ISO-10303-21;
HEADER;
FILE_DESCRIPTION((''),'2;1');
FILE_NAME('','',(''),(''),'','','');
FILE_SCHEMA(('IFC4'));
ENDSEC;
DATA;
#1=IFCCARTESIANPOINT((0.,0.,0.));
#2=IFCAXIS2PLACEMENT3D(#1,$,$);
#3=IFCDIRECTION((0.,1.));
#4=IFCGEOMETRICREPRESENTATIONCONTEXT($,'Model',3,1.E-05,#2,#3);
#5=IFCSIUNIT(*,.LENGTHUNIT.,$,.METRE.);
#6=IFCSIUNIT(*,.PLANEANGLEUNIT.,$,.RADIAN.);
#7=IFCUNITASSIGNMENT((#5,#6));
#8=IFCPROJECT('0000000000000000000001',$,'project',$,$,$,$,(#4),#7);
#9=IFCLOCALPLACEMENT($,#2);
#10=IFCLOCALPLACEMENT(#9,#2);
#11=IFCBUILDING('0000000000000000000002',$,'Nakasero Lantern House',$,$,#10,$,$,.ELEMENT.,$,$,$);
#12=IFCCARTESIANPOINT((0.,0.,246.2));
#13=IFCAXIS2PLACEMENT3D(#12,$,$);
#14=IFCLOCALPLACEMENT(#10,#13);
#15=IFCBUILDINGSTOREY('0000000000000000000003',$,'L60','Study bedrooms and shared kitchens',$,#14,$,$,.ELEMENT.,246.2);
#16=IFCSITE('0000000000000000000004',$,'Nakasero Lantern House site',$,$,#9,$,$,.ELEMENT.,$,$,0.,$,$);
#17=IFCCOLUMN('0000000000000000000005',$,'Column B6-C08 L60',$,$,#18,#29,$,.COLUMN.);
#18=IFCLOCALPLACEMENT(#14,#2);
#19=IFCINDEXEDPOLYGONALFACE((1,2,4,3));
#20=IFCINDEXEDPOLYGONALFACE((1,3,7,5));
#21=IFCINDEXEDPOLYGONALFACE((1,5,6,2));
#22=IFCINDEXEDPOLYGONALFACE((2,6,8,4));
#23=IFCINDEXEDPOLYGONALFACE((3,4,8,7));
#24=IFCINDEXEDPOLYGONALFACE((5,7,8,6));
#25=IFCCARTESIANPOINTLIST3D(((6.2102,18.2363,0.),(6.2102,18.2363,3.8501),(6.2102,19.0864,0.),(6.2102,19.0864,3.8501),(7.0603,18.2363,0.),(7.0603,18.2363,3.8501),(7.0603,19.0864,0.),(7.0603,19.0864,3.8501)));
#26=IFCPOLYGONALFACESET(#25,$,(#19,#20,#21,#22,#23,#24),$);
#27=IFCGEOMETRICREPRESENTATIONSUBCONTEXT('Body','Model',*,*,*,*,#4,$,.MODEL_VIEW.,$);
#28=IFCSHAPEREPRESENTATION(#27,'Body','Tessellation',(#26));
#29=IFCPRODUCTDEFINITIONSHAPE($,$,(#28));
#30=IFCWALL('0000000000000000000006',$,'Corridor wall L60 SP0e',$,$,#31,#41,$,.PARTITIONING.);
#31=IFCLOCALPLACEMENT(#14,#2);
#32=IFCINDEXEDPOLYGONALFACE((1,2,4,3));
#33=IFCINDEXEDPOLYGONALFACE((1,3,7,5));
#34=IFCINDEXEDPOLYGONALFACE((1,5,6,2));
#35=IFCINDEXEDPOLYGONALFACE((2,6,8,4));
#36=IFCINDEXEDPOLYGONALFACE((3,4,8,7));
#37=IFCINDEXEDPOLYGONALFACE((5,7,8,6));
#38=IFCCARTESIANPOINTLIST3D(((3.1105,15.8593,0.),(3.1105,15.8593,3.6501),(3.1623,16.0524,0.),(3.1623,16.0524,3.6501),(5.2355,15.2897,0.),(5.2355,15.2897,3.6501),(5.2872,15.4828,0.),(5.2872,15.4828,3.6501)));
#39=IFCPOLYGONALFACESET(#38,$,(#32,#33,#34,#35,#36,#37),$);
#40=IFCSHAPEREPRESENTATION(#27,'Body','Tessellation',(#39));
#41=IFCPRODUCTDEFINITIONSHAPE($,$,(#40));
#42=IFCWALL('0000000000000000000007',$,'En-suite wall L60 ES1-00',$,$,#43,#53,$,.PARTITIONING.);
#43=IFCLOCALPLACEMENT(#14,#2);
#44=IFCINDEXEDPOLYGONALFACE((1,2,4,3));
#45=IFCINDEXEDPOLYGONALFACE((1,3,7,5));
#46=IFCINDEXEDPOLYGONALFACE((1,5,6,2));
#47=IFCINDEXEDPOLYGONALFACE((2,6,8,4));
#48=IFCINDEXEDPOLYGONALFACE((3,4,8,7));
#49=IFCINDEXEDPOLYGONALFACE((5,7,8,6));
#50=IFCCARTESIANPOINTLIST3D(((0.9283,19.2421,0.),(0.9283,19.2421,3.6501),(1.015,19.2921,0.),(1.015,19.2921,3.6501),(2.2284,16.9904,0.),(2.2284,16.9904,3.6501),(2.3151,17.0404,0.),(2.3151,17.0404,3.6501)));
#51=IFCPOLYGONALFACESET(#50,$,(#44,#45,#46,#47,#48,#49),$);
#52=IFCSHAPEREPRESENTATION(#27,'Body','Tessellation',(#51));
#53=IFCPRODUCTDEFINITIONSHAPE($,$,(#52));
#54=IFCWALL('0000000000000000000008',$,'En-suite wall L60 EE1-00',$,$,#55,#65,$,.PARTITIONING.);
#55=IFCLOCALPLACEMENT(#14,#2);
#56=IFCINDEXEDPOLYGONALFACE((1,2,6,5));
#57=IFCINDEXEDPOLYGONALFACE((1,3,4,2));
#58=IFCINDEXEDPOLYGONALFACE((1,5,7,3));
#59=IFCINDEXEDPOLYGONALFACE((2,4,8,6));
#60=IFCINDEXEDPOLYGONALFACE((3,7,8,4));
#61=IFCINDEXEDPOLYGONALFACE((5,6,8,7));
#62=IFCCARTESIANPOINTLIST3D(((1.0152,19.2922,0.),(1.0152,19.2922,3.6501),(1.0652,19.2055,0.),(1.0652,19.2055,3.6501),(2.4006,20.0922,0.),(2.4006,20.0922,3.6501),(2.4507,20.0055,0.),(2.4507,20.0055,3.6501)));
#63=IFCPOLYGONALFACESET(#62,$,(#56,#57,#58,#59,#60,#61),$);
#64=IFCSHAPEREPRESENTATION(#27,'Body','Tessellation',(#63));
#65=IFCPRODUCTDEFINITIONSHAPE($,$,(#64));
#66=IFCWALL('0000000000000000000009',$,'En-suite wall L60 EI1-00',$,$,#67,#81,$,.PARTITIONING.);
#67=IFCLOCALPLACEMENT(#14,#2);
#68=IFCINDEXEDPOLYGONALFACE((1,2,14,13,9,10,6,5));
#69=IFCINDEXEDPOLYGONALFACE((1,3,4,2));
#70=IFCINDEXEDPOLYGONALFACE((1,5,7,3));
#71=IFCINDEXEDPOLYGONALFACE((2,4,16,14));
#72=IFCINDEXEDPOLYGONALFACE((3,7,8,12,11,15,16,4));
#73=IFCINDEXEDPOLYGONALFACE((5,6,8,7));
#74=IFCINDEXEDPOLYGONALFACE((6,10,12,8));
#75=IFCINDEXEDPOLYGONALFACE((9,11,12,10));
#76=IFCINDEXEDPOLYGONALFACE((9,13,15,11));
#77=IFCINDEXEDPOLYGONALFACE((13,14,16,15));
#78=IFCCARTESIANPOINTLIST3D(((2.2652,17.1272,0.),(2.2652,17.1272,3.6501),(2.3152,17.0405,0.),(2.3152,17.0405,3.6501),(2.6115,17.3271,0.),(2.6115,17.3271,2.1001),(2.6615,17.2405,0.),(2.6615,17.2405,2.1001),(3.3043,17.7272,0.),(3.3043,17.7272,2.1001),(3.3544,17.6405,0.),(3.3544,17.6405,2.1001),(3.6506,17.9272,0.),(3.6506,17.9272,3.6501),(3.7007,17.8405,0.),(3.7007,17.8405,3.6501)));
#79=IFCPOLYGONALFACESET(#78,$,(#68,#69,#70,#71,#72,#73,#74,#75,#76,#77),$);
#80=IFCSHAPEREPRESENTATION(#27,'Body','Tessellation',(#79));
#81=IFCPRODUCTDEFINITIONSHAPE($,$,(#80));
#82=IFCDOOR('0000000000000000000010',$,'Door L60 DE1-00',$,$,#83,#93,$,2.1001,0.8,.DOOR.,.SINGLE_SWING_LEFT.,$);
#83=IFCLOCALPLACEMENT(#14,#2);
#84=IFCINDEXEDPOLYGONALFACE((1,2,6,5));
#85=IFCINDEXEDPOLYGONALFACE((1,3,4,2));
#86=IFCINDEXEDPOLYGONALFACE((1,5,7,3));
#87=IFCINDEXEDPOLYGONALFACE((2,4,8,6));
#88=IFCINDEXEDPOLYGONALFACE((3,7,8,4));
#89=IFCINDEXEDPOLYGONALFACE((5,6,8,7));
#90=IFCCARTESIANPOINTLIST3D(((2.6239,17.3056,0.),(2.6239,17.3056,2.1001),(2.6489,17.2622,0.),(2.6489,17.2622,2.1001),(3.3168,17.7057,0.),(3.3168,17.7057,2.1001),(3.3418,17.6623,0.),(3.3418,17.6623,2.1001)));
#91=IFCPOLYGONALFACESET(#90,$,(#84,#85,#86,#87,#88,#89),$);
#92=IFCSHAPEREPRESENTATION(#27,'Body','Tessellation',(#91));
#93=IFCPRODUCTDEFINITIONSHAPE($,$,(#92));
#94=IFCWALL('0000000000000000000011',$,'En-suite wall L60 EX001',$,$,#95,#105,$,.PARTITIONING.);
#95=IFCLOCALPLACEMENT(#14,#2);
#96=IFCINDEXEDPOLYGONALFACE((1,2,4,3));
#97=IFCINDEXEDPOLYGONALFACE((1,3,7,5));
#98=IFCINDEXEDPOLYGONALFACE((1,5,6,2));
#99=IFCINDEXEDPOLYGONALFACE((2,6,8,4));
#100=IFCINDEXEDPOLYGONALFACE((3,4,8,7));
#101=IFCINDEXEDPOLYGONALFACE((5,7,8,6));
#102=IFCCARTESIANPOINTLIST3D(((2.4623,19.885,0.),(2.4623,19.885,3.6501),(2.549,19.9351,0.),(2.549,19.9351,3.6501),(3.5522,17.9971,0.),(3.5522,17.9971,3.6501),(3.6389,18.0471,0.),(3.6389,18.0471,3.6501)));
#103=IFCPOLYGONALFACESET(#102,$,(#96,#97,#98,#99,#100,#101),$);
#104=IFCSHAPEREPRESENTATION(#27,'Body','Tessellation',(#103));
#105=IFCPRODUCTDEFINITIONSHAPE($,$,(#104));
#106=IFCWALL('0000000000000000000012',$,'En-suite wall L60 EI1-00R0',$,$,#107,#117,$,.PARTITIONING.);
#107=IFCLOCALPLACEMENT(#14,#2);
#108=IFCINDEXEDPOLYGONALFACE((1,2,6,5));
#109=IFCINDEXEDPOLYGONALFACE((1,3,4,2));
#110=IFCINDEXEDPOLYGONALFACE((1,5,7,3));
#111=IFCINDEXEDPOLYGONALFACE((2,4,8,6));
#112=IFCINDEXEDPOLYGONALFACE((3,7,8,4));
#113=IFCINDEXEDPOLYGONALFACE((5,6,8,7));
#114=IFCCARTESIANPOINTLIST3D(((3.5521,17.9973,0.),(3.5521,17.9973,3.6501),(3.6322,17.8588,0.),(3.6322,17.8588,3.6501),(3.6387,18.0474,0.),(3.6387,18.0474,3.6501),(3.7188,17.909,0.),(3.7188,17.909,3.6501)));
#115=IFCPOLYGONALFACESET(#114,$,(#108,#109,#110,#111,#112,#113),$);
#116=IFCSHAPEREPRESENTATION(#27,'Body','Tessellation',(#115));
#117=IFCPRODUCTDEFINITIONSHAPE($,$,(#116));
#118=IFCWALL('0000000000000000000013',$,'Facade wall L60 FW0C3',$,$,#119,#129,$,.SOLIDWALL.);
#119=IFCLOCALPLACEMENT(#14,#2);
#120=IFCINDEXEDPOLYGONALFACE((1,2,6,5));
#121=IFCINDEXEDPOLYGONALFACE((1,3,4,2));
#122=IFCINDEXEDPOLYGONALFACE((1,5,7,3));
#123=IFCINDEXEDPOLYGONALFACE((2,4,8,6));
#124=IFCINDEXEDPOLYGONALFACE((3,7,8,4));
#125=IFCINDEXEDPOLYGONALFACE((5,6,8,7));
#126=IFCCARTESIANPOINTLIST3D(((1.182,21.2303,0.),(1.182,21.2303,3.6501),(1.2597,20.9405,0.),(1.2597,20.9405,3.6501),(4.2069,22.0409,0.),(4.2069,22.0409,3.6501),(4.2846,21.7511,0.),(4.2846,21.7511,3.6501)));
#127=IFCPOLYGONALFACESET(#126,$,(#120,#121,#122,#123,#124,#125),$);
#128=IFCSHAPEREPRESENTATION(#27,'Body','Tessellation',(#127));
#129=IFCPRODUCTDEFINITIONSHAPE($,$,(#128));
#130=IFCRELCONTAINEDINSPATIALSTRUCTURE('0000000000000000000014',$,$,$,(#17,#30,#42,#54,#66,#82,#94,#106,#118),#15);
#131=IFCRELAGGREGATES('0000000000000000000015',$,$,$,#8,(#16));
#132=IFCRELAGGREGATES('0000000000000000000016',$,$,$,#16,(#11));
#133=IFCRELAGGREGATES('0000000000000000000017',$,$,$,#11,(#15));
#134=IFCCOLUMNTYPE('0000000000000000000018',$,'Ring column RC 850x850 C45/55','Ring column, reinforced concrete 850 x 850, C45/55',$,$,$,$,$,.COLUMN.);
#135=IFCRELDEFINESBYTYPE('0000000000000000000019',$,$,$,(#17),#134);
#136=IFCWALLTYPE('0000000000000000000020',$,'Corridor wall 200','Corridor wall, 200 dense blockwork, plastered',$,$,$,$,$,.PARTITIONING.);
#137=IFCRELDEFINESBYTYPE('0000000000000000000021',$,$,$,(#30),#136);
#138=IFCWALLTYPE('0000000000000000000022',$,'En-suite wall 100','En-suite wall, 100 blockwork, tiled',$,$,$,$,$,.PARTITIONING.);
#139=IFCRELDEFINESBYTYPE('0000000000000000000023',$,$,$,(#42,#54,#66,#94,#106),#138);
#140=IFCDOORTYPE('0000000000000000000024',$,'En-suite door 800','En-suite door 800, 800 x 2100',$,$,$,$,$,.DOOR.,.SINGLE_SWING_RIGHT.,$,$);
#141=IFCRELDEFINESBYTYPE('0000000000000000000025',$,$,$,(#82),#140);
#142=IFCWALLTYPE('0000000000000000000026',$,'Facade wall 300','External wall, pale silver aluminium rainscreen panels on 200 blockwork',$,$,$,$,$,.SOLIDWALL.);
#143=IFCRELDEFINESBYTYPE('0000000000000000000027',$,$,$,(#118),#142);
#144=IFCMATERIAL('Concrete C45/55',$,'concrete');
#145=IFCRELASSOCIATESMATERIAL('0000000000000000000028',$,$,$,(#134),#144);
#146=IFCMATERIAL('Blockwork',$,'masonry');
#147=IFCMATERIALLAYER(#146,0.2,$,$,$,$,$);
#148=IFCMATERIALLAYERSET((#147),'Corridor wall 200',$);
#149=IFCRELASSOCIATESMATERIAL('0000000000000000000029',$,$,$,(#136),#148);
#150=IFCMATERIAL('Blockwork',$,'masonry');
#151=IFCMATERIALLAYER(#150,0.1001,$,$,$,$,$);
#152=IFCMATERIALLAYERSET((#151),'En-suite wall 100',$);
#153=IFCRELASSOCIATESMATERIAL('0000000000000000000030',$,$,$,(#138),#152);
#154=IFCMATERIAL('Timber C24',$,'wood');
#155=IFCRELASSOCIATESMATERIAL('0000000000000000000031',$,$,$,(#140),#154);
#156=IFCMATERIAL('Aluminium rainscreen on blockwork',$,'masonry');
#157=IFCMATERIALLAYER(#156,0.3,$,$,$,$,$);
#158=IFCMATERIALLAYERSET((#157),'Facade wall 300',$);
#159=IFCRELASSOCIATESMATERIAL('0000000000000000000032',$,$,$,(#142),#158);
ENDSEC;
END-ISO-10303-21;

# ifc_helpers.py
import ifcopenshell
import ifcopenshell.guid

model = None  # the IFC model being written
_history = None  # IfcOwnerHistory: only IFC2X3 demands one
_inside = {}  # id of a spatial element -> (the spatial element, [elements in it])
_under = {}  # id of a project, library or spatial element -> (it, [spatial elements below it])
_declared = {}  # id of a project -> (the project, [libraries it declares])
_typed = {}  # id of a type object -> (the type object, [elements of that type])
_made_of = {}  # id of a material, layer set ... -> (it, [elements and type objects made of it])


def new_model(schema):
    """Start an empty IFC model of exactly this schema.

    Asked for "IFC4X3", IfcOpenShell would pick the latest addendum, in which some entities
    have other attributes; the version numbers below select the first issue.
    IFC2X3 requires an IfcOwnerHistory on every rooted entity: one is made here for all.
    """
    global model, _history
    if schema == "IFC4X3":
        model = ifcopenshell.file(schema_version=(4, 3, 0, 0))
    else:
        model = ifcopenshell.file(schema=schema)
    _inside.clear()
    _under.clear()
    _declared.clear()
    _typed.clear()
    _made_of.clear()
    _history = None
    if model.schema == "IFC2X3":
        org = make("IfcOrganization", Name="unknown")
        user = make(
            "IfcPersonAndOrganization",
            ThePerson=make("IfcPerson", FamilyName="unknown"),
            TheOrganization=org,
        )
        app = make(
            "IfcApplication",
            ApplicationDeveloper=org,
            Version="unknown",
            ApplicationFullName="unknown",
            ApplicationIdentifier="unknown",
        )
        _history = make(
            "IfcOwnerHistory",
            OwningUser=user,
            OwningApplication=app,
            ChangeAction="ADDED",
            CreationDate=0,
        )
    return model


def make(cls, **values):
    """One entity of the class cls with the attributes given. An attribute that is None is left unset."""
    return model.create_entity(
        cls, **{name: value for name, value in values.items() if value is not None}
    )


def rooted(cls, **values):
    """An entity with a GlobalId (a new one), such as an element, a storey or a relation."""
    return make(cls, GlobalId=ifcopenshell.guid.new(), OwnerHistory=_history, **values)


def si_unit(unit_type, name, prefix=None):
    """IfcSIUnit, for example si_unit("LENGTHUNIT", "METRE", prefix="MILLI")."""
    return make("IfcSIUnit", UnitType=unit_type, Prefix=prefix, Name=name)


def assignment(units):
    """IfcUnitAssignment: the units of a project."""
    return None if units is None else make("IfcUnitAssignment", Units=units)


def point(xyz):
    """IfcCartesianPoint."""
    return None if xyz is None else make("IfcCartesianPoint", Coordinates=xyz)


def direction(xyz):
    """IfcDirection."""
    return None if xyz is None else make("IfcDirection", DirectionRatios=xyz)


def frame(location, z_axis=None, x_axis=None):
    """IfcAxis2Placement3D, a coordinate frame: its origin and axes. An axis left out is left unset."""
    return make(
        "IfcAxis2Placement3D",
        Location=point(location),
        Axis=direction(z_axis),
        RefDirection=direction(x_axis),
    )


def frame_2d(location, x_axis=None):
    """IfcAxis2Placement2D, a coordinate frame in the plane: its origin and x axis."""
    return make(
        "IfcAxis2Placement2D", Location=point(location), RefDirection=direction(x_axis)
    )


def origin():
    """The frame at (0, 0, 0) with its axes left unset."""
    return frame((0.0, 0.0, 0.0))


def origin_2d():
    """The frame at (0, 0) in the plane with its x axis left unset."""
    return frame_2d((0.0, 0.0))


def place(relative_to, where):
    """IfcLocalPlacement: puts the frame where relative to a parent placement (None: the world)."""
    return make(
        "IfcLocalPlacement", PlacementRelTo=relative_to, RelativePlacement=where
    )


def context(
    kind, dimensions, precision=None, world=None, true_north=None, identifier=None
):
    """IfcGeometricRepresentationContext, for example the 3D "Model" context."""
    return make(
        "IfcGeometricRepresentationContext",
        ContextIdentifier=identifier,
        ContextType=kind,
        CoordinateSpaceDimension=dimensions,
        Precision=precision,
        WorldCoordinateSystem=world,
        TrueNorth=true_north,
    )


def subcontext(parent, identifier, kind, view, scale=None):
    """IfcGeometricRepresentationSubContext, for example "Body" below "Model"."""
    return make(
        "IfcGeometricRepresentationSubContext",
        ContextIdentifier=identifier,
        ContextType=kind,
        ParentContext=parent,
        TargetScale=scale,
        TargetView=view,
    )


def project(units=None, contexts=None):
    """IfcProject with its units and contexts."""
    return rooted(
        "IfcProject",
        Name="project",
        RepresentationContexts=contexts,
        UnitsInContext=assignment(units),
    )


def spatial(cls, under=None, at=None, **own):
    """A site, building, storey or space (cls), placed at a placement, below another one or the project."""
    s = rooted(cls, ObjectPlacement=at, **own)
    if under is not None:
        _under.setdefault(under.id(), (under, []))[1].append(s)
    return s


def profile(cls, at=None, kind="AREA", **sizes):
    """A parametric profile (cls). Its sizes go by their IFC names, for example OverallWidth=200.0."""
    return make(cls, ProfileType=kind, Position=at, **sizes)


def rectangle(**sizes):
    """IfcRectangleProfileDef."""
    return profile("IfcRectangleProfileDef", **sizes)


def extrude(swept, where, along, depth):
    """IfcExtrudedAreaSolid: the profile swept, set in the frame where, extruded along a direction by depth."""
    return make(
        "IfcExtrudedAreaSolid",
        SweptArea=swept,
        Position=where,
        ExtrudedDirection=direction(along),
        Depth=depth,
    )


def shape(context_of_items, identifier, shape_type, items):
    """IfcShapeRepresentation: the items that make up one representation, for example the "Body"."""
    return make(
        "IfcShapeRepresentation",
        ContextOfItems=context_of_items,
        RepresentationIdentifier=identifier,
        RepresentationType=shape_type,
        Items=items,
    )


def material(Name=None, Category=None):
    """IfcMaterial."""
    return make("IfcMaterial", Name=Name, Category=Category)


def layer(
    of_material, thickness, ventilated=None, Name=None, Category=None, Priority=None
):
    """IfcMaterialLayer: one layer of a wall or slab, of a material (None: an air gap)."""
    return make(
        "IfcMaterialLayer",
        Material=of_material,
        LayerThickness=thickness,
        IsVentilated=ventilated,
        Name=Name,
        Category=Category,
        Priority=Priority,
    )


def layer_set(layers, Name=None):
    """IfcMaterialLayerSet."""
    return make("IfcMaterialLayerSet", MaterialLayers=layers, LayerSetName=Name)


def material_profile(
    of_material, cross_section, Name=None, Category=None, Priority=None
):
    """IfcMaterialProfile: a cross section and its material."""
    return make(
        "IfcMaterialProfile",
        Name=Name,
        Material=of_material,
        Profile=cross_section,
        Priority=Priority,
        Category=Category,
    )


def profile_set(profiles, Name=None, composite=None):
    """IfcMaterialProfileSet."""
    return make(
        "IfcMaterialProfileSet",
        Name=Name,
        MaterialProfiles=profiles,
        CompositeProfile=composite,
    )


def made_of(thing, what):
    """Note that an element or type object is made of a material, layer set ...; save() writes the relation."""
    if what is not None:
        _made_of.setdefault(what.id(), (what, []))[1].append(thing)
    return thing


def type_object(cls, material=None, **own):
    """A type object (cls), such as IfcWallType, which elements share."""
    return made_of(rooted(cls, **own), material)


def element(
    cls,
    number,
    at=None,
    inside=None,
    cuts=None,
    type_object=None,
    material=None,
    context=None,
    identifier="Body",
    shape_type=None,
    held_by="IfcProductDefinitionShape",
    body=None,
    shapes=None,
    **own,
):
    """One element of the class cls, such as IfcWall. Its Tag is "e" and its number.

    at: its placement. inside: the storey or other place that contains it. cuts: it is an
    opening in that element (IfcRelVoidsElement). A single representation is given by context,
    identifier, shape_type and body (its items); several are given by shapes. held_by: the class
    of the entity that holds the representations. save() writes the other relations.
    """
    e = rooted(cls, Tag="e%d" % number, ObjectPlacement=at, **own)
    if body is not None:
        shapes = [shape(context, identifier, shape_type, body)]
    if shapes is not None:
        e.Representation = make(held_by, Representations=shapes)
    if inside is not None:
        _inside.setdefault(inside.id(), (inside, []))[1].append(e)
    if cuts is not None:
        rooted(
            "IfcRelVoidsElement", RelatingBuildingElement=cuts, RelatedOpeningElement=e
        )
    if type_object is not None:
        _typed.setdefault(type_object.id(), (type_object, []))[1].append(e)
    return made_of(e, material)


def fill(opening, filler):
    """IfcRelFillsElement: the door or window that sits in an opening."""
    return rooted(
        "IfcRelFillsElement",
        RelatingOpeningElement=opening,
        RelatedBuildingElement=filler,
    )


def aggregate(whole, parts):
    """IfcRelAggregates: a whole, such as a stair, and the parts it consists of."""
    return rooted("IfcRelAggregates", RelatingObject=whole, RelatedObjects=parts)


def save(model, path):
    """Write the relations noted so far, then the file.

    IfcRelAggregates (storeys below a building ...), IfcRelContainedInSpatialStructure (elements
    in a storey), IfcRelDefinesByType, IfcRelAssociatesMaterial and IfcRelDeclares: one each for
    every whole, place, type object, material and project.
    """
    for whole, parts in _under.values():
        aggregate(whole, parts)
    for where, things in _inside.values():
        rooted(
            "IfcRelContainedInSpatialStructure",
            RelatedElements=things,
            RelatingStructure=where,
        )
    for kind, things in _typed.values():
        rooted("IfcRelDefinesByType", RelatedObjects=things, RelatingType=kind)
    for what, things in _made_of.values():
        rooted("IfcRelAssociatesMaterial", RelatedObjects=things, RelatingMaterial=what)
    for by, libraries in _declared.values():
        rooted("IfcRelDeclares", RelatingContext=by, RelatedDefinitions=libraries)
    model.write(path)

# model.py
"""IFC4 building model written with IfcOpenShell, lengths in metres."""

from ifc_helpers import new_model, si_unit, direction, frame, frame_2d, origin, origin_2d, place, context, subcontext, project, spatial, rectangle, extrude, material, layer, layer_set, material_profile, profile_set, type_object, element, fill, save


model = new_model("IFC4")

# Units and contexts
model_context = context("Model", 3, precision=1e-05, world=origin(), true_north=direction((0.0, 1.0)))
body_context = subcontext(model_context, "Body", "Model", "MODEL_VIEW")
ifc_project = project(units=[si_unit("LENGTHUNIT", "METRE"), si_unit("PLANEANGLEUNIT", "RADIAN")], contexts=[model_context])

# Site, building, storey
site_placement = place(None, origin())
site = spatial("IfcSite", under=ifc_project, at=site_placement, Name="Nakasero Lantern House site", CompositionType="ELEMENT", RefElevation=0.0)
building_placement = place(site_placement, origin())
building = spatial("IfcBuilding", under=site, at=building_placement, Name="Nakasero Lantern House", CompositionType="ELEMENT")
storey_placement = place(building_placement, frame((0.0, 0.0, 246.2)))
storey = spatial("IfcBuildingStorey", under=building, at=storey_placement, Name="L60", Description="Study bedrooms and shared kitchens", CompositionType="ELEMENT", Elevation=246.2)

# Column
ifc_material_1 = material(Name="Concrete C45/55", Category="concrete")
ifc_material_profile = material_profile(ifc_material_1, rectangle(XDim=0.8501, YDim=0.8501, at=origin_2d()), Name="RC 850x850")
ifc_profile_set = profile_set([ifc_material_profile], Name="Concrete C45/55")
column_type = type_object("IfcColumnType", Name="Ring column RC 850x850 C45/55", Description="Ring column, reinforced concrete 850 x 850, C45/55", PredefinedType="COLUMN", material=ifc_profile_set)
column_placement = place(storey_placement, frame((6.6353, 18.6614, 0.0), z_axis=(0.0, 0.0, 1.0), x_axis=(1.0, 0.0, 0.0)))
element("IfcColumn", 1, at=column_placement, inside=storey, type_object=column_type, Name="Column B6-C08 L60", PredefinedType="COLUMN", context=body_context, shape_type="SweptSolid", body=[
    extrude(rectangle(XDim=0.8501, YDim=0.8501, at=origin_2d()), origin(), (0.0, 0.0, 1.0), 3.8501),
])

# Walls
ifc_material_2 = material(Name="Blockwork", Category="masonry")
ifc_layer_1 = layer(ifc_material_2, 0.2)
ifc_layer_set_1 = layer_set([ifc_layer_1], Name="Corridor wall 200")
wall_type_1 = type_object("IfcWallType", Name="Corridor wall 200", Description="Corridor wall, 200 dense blockwork, plastered", PredefinedType="PARTITIONING", material=ifc_layer_set_1)
wall_1_placement = place(storey_placement, frame((5.2615, 15.3862, 0.0), z_axis=(0.0, 0.0, 1.0), x_axis=(-0.965904, 0.258899, 0.0)))
element("IfcWall", 2, at=wall_1_placement, inside=storey, type_object=wall_type_1, Name="Corridor wall L60 SP0e", PredefinedType="PARTITIONING", context=body_context, shape_type="SweptSolid", body=[
    extrude(rectangle(XDim=2.2, YDim=0.2, at=frame_2d((1.1001, 0.0))), origin(), (0.0, 0.0, 1.0), 3.6501),
])
ifc_material_3 = material(Name="Blockwork", Category="masonry")
ifc_layer_2 = layer(ifc_material_3, 0.1001)
ifc_layer_set_2 = layer_set([ifc_layer_2], Name="En-suite wall 100")
wall_type_2 = type_object("IfcWallType", Name="En-suite wall 100", Description="En-suite wall, 100 blockwork, tiled", PredefinedType="PARTITIONING", material=ifc_layer_set_2)
wall_2_placement = place(storey_placement, frame((2.2717, 17.0154, 0.0), z_axis=(0.0, 0.0, 1.0), x_axis=(-0.500007, 0.866021, 0.0)))
element("IfcWall", 3, at=wall_2_placement, inside=storey, type_object=wall_type_2, Name="En-suite wall L60 ES1-00", PredefinedType="PARTITIONING", context=body_context, shape_type="SweptSolid", body=[
    extrude(rectangle(XDim=2.6001, YDim=0.1001, at=frame_2d((1.3, 0.0))), origin(), (0.0, 0.0, 1.0), 3.6501),
])
wall_3_placement = place(storey_placement, frame((2.4255, 20.0488, 0.0), z_axis=(0.0, 0.0, 1.0), x_axis=(-0.86599, -0.500061, 0.0)))
element("IfcWall", 4, at=wall_3_placement, inside=storey, type_object=wall_type_2, Name="En-suite wall L60 EE1-00", PredefinedType="PARTITIONING", context=body_context, shape_type="SweptSolid", body=[
    extrude(rectangle(XDim=1.5999, YDim=0.1001, at=frame_2d((0.7998, 0.0))), origin(), (0.0, 0.0, 1.0), 3.6501),
])

# Wall, opening, door
wall_4_placement = place(storey_placement, frame((3.6755, 17.8838, 0.0), z_axis=(0.0, 0.0, 1.0), x_axis=(-0.86599, -0.500061, 0.0)))
wall_4 = element("IfcWall", 5, at=wall_4_placement, inside=storey, type_object=wall_type_2, Name="En-suite wall L60 EI1-00", PredefinedType="PARTITIONING", context=body_context, shape_type="SweptSolid", body=[
    extrude(rectangle(XDim=1.5999, YDim=0.1001, at=frame_2d((0.7998, 0.0))), origin(), (0.0, 0.0, 1.0), 3.6501),
])
opening_1_placement = place(wall_4_placement, frame((0.3999, 0.0, 0.0)))
opening_1 = element("IfcOpeningElement", 6, at=opening_1_placement, cuts=wall_4, PredefinedType="OPENING", context=body_context, shape_type="SweptSolid", body=[
    extrude(rectangle(XDim=0.8, YDim=2.1001, at=frame_2d((0.3999, 1.05))), frame((0.0, 0.0701, 0.0), z_axis=(0.0, -1.0, 0.0), x_axis=(1.0, 0.0, 0.0)), (0.0, 0.0, 1.0), 0.1401),
])
ifc_material_4 = material(Name="Timber C24", Category="wood")
door_type_1 = type_object("IfcDoorType", Name="En-suite door 800", Description="En-suite door 800, 800 x 2100", OperationType="SINGLE_SWING_RIGHT", PredefinedType="DOOR", material=ifc_material_4)
door_1_placement = place(opening_1_placement, origin())
door_1 = element("IfcDoor", 7, at=door_1_placement, inside=storey, type_object=door_type_1, Name="Door L60 DE1-00", OperationType="SINGLE_SWING_LEFT", OverallHeight=2.1001, OverallWidth=0.8, PredefinedType="DOOR", context=body_context, shape_type="SweptSolid", body=[
    extrude(rectangle(XDim=0.8, YDim=2.1001, at=frame_2d((0.3999, 1.05))), frame((0.0, 0.0249, 0.0), z_axis=(0.0, -1.0, 0.0), x_axis=(1.0, 0.0, 0.0)), (0.0, 0.0, 1.0), 0.05),
])
fill(opening_1, door_1)

# Walls
wall_5_placement = place(storey_placement, frame((3.5955, 18.0222, 0.0), z_axis=(0.0, 0.0, 1.0), x_axis=(-0.499945, 0.866057, 0.0)))
element("IfcWall", 8, at=wall_5_placement, inside=storey, type_object=wall_type_2, Name="En-suite wall L60 EX001", PredefinedType="PARTITIONING", context=body_context, shape_type="SweptSolid", body=[
    extrude(rectangle(XDim=2.1799, YDim=0.1001, at=frame_2d((1.0898, 0.0))), origin(), (0.0, 0.0, 1.0), 3.6501),
])
wall_6_placement = place(storey_placement, frame((3.6755, 17.8838, 0.0), z_axis=(0.0, 0.0, 1.0), x_axis=(-0.500735, 0.8656, 0.0)))
element("IfcWall", 9, at=wall_6_placement, inside=storey, type_object=wall_type_2, Name="En-suite wall L60 EI1-00R0", PredefinedType="PARTITIONING", context=body_context, shape_type="SweptSolid", body=[
    extrude(rectangle(XDim=0.1599, YDim=0.1001, at=frame_2d((0.0801, 0.0))), origin(), (0.0, 0.0, 1.0), 3.6501),
])
ifc_material_5 = material(Name="Aluminium rainscreen on blockwork", Category="masonry")
ifc_layer_3 = layer(ifc_material_5, 0.3)
ifc_layer_set_3 = layer_set([ifc_layer_3], Name="Facade wall 300")
wall_type_3 = type_object("IfcWallType", Name="Facade wall 300", Description="External wall, pale silver aluminium rainscreen panels on 200 blockwork", PredefinedType="SOLIDWALL", material=ifc_layer_set_3)
wall_7_placement = place(storey_placement, frame((4.2458, 21.896, 0.0), z_axis=(0.0, 0.0, 1.0), x_axis=(-0.965924, -0.258827, 0.0)))
element("IfcWall", 10, at=wall_7_placement, inside=storey, type_object=wall_type_3, Name="Facade wall L60 FW0C3", PredefinedType="SOLIDWALL", context=body_context, shape_type="SweptSolid", body=[
    extrude(rectangle(XDim=3.1316, YDim=0.3, at=frame_2d((1.5659, 0.0))), origin(), (0.0, 0.0, 1.0), 3.6501),
])

save(model, "model.ifc")
